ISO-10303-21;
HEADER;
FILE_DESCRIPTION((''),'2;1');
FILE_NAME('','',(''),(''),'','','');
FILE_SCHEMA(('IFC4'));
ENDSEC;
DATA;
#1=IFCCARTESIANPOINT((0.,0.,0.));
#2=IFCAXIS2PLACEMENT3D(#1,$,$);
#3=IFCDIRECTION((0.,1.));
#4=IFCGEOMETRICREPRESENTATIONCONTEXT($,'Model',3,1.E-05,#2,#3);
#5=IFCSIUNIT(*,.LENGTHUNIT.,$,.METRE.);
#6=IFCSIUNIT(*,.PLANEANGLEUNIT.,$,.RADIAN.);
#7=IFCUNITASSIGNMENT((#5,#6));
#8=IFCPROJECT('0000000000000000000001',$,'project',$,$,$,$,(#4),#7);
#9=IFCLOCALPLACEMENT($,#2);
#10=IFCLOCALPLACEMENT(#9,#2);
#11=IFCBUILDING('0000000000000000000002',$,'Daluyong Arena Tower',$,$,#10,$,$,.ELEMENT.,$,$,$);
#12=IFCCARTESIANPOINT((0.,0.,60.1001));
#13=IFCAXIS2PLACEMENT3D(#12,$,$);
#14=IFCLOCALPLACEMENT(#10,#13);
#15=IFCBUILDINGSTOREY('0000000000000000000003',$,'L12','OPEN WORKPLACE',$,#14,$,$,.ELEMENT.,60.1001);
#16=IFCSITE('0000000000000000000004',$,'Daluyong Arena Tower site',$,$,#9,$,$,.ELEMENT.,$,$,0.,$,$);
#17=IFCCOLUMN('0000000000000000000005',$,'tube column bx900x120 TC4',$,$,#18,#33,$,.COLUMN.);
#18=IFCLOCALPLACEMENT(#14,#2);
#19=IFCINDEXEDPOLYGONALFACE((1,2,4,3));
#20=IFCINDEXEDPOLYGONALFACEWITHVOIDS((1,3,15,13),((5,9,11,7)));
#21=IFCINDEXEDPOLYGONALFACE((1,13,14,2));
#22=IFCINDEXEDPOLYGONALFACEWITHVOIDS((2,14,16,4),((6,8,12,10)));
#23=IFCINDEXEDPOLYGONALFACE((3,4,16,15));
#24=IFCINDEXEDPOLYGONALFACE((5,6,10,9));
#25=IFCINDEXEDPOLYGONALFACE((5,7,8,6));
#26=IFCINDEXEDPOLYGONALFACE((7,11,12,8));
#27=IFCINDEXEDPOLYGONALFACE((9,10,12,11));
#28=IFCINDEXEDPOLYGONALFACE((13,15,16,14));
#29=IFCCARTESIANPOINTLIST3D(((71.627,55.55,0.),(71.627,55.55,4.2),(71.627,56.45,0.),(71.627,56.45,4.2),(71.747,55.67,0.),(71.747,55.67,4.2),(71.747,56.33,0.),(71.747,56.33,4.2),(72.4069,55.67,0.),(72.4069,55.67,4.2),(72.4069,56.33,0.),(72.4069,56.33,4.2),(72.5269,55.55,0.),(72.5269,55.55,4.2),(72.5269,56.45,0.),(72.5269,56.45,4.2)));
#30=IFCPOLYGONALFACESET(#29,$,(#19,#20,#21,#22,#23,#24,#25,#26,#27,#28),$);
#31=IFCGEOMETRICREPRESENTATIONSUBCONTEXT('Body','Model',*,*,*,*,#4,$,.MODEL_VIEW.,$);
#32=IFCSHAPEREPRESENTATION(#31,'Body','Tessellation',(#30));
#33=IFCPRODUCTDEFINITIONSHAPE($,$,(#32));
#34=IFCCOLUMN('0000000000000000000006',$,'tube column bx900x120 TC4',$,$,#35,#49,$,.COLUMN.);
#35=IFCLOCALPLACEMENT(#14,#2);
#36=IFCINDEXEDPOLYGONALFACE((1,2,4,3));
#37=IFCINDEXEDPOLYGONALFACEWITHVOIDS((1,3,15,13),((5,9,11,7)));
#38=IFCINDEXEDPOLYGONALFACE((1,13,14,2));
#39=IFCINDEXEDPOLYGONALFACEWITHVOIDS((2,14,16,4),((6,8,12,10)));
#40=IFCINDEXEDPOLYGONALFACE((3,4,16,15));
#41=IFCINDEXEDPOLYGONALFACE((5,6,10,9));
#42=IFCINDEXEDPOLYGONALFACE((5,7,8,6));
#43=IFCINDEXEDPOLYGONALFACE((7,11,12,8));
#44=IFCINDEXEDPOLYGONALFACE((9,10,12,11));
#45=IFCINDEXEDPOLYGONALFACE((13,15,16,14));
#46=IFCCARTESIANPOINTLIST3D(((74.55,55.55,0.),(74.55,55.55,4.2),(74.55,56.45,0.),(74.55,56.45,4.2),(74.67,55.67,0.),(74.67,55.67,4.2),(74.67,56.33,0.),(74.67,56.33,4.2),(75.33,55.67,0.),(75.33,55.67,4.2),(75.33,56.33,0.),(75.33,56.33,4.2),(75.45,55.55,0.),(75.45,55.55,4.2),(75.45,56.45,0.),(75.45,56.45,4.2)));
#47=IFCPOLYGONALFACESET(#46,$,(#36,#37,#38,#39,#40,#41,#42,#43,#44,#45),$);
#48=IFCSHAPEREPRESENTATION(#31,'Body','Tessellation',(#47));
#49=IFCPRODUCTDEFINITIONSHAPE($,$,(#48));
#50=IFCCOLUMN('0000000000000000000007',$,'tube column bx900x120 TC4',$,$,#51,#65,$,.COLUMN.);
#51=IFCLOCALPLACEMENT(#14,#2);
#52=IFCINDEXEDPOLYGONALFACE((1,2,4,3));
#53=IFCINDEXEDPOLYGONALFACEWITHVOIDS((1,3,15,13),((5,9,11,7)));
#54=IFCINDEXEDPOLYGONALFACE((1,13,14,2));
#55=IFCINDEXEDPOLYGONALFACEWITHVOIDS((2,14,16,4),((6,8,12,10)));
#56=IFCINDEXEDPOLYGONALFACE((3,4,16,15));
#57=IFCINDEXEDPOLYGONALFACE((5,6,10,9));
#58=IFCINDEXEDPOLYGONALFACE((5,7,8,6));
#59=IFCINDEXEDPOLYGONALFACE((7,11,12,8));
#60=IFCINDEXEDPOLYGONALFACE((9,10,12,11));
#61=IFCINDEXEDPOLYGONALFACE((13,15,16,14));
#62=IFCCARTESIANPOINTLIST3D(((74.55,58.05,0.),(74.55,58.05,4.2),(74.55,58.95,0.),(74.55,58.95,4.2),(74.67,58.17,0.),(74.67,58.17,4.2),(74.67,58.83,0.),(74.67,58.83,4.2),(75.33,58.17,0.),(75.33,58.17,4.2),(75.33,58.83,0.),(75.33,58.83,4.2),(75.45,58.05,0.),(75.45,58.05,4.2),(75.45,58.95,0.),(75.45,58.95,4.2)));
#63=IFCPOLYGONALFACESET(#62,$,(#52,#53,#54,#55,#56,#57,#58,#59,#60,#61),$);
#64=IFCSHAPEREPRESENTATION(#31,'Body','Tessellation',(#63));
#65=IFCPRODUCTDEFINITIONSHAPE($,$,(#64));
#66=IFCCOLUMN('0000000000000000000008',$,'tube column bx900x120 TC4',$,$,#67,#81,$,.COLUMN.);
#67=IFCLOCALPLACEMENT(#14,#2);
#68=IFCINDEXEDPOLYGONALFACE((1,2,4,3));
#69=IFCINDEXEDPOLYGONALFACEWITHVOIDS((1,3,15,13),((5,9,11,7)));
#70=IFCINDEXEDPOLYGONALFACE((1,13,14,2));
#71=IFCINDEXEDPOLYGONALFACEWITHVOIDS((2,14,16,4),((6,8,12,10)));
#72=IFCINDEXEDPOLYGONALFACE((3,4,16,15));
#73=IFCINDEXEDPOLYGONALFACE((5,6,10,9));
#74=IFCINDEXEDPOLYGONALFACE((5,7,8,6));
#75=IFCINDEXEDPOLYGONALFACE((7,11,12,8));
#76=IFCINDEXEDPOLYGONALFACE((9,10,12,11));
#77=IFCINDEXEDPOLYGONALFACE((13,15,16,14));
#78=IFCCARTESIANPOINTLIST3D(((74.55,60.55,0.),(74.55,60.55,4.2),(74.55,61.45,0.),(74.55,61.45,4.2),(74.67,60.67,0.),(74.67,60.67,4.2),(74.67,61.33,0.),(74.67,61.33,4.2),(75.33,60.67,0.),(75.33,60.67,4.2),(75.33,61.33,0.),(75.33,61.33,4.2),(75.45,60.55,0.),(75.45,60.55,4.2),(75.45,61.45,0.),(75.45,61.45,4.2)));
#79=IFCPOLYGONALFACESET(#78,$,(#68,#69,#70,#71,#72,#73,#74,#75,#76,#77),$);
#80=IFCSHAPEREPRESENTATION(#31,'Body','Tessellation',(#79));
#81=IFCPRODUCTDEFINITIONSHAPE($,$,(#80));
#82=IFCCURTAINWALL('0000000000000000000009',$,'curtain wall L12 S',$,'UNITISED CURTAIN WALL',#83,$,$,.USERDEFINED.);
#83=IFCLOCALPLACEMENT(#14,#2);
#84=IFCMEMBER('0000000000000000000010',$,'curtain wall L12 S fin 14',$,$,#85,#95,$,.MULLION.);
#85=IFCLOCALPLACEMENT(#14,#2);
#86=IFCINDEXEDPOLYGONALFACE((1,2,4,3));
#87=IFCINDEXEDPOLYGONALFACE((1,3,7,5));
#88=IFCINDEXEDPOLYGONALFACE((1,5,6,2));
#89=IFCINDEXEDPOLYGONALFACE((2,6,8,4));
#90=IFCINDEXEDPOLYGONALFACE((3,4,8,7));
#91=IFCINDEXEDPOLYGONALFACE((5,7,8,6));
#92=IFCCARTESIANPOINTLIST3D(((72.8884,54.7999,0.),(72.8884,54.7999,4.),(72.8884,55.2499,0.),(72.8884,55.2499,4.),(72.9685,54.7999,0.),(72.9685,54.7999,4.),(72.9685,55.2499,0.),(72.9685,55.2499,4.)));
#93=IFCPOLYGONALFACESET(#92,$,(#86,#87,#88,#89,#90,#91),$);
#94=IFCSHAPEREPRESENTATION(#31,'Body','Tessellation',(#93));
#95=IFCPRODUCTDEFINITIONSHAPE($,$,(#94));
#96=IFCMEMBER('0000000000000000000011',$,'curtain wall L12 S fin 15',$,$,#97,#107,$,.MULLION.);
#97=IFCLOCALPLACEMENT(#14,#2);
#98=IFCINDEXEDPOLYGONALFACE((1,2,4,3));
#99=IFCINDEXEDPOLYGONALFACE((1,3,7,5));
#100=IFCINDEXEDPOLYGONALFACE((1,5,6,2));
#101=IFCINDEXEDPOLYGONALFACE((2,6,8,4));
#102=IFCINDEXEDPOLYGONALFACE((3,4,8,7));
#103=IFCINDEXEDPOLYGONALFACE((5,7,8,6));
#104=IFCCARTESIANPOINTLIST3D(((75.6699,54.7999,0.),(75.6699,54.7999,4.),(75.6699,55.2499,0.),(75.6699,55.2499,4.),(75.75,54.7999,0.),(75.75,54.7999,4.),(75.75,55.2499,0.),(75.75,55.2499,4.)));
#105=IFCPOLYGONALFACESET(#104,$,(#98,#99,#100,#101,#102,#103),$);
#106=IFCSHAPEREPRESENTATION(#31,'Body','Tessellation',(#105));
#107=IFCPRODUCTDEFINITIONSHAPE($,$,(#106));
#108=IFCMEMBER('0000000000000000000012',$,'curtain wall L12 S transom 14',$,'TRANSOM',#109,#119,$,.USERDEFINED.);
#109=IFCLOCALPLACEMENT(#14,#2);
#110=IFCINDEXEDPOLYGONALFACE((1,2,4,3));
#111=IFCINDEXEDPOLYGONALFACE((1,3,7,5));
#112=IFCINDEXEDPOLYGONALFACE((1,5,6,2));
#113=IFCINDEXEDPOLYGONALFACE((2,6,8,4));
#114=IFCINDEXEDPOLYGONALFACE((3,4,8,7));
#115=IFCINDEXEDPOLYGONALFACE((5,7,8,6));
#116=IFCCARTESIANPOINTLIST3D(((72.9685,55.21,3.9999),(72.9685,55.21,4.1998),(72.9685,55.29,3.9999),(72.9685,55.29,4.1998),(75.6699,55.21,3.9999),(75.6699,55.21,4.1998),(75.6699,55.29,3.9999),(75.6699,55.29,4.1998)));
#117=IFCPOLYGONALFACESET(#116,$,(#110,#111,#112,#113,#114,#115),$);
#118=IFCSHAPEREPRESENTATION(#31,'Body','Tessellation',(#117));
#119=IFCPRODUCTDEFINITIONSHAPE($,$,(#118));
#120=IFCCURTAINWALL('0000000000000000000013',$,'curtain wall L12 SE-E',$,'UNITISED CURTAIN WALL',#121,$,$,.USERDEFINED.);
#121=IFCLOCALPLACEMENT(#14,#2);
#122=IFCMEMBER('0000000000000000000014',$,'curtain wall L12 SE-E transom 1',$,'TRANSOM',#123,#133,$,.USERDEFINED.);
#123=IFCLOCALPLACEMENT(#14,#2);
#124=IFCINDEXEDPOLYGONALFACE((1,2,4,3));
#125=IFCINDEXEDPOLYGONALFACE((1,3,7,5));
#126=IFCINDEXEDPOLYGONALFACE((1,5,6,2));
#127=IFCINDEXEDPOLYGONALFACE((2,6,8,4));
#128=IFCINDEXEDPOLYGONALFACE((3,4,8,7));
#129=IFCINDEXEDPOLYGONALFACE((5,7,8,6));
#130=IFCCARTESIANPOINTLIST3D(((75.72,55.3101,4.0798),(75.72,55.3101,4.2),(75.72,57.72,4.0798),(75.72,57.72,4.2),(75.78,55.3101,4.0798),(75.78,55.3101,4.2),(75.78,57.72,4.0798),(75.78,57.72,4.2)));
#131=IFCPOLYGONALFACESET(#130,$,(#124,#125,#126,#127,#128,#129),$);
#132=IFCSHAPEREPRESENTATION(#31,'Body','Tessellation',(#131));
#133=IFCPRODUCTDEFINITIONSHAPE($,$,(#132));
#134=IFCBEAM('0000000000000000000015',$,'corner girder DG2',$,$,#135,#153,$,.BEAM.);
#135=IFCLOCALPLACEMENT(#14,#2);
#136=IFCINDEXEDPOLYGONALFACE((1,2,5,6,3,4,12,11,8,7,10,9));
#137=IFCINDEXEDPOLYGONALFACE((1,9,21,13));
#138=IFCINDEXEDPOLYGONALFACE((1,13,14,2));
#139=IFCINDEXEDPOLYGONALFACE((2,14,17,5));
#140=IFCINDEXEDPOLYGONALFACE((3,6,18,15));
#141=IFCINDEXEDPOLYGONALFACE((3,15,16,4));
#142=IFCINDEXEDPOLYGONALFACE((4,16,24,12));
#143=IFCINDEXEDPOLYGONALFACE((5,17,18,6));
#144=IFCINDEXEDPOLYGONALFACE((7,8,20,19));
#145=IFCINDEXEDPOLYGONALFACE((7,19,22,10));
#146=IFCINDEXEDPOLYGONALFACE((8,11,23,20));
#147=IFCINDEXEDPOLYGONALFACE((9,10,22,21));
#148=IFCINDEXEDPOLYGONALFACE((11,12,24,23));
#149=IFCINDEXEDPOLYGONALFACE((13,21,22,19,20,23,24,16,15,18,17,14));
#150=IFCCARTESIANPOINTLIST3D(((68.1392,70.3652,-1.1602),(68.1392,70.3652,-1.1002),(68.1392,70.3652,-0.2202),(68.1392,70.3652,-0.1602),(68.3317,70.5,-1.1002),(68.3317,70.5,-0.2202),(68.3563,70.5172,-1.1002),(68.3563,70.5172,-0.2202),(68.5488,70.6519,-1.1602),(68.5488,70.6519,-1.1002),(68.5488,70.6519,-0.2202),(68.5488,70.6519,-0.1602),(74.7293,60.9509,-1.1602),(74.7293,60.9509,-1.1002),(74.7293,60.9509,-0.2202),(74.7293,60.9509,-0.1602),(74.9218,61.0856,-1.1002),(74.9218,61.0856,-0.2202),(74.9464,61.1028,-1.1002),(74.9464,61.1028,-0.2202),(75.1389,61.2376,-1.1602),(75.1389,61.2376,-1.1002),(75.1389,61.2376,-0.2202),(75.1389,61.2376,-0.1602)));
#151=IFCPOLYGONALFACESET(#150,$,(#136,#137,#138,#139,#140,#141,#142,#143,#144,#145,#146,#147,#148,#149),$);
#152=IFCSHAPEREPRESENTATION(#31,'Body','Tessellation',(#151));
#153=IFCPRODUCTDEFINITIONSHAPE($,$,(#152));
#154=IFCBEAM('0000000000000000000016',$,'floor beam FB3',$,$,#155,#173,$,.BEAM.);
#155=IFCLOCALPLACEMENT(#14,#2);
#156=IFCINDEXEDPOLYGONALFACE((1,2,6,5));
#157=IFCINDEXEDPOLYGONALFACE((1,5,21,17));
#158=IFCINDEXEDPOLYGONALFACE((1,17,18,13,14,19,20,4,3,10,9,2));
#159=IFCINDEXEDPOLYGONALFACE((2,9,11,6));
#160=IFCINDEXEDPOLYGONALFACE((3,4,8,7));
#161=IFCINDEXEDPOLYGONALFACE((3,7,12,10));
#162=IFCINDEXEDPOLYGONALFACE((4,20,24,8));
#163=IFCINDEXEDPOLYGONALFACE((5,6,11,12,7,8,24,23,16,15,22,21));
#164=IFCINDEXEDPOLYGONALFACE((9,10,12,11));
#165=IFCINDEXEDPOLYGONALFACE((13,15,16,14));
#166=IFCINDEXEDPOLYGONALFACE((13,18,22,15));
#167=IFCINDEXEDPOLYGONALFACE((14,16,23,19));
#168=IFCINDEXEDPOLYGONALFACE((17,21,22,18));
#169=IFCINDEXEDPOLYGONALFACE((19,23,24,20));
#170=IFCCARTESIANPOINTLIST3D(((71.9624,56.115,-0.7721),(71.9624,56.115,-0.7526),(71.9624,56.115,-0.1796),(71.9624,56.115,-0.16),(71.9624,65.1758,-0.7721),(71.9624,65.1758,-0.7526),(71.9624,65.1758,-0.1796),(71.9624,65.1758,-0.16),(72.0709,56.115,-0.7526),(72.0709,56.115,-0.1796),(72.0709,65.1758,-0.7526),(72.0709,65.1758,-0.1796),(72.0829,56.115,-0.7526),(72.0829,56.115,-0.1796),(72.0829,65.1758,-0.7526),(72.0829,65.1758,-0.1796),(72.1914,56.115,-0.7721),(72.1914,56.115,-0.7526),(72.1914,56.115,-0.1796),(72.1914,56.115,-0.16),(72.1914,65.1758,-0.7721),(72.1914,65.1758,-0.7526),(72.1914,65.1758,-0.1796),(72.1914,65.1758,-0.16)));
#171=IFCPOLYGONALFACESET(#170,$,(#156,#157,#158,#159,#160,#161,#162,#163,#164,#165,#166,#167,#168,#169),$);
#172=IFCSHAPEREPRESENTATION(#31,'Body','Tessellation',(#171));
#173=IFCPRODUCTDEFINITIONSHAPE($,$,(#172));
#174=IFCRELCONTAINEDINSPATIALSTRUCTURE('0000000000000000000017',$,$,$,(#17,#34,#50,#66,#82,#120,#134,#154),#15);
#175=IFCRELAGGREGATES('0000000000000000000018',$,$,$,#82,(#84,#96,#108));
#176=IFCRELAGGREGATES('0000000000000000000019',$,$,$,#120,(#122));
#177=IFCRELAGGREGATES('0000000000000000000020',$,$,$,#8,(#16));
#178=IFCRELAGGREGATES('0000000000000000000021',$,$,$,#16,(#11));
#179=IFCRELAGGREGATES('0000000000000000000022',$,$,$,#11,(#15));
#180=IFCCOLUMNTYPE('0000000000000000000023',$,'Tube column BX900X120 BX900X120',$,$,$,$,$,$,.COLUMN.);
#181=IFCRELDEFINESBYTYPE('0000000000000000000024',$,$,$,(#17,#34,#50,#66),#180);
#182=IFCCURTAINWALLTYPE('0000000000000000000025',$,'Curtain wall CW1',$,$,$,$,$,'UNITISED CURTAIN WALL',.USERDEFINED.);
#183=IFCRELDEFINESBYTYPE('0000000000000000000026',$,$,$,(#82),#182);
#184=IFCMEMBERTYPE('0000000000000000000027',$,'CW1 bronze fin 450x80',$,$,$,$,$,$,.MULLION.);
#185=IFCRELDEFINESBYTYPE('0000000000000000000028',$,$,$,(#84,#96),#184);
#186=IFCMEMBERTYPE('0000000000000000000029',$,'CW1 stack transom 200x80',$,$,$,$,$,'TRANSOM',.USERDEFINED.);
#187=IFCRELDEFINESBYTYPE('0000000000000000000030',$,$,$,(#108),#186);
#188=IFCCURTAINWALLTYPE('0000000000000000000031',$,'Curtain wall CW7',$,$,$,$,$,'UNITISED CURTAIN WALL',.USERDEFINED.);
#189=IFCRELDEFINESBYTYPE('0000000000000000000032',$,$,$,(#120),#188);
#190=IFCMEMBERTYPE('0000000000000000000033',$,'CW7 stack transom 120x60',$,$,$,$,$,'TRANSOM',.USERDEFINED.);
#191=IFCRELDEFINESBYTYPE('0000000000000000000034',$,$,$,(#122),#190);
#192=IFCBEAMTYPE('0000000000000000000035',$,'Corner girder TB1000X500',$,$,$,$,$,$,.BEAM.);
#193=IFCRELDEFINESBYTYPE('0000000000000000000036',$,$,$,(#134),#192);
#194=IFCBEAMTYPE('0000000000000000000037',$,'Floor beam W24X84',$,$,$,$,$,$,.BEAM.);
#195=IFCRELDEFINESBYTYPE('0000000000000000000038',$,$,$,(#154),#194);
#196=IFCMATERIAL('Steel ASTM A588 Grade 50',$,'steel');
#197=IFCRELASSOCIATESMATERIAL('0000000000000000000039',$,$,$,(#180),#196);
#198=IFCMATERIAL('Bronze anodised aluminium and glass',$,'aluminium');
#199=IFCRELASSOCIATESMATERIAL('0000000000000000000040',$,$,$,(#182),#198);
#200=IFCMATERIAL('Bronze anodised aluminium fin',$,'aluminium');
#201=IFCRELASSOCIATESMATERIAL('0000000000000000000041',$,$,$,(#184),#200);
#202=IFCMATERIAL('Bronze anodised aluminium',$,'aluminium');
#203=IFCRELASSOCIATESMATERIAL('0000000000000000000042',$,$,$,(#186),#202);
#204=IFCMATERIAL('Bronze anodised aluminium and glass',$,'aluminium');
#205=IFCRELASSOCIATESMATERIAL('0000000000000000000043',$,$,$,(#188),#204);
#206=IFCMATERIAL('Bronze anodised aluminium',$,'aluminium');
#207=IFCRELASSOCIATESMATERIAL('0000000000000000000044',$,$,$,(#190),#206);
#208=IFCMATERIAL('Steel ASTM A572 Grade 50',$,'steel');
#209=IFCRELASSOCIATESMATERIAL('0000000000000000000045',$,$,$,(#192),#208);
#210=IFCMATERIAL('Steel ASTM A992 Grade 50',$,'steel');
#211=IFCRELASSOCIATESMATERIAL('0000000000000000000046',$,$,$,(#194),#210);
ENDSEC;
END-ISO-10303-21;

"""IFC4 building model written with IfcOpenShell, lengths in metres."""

from ifc_helpers import new_model, si_unit, direction, frame, origin, origin_2d, place, context, subcontext, project, spatial, rectangle, hollow_rectangle, i_section, extrude, material, material_profile, profile_set, type_object, element, aggregate, save


model = new_model("IFC4")

# Units and contexts
model_context = context("Model", 3, precision=1e-05, world=origin(), true_north=direction((0.0, 1.0)))
body_context = subcontext(model_context, "Body", "Model", "MODEL_VIEW")
ifc_project = project(units=[si_unit("LENGTHUNIT", "METRE"), si_unit("PLANEANGLEUNIT", "RADIAN")], contexts=[model_context])

# Site, building, storey
site_placement = place(None, origin())
site = spatial("IfcSite", under=ifc_project, at=site_placement, Name="Daluyong Arena Tower site", CompositionType="ELEMENT", RefElevation=0.0)
building_placement = place(site_placement, origin())
building = spatial("IfcBuilding", under=site, at=building_placement, Name="Daluyong Arena Tower", CompositionType="ELEMENT")
storey_placement = place(building_placement, frame((0.0, 0.0, 60.1001)))
storey = spatial("IfcBuildingStorey", under=building, at=storey_placement, Name="L12", Description="OPEN WORKPLACE", CompositionType="ELEMENT", Elevation=60.1001)

# Columns
ifc_material_1 = material(Name="Steel ASTM A588 Grade 50", Category="steel")
ifc_material_profile_1 = material_profile(ifc_material_1, hollow_rectangle(XDim=0.8999, YDim=0.8999, WallThickness=0.12, at=origin_2d()))
ifc_profile_set_1 = profile_set([ifc_material_profile_1], Name="Steel ASTM A588 Grade 50")
column_type = type_object("IfcColumnType", Name="Tube column BX900X120 BX900X120", PredefinedType="COLUMN", material=ifc_profile_set_1)
for number, where, z_axis, x_axis, name in (
    (1, (72.0769, 56.0, 0.0), (0.0, 0.0, 1.0), (1.0, 0.0, 0.0), "tube column bx900x120 TC4"),
    (2, (75.0, 56.0, 0.0), (0.0, 0.0, 1.0), (0.0, 1.0, 0.0), "tube column bx900x120 TC4"),
    (3, (75.0, 58.5, 0.0), (0.0, 0.0, 1.0), (0.0, 1.0, 0.0), "tube column bx900x120 TC4"),
    (4, (75.0, 61.0, 0.0), (0.0, 0.0, 1.0), (1.0, 0.0, 0.0), "tube column bx900x120 TC4"),
):
    element("IfcColumn", number, at=place(storey_placement, frame(where, z_axis=z_axis, x_axis=x_axis)), inside=storey, type_object=column_type, Name=name, PredefinedType="COLUMN", context=body_context, shape_type="SweptSolid", body=[
        extrude(hollow_rectangle(XDim=0.8999, YDim=0.8999, WallThickness=0.12, at=origin_2d()), origin(), (0.0, 0.0, 1.0), 4.2),
    ])

# Curtain wall, members
ifc_material_2 = material(Name="Bronze anodised aluminium and glass", Category="aluminium")
curtain_wall_type_1 = type_object("IfcCurtainWallType", Name="Curtain wall CW1", ElementType="UNITISED CURTAIN WALL", PredefinedType="USERDEFINED", material=ifc_material_2)
curtain_wall_1_placement = place(storey_placement, origin())
curtain_wall_1 = element("IfcCurtainWall", 5, at=curtain_wall_1_placement, inside=storey, type_object=curtain_wall_type_1, Name="curtain wall L12 S", ObjectType="UNITISED CURTAIN WALL", PredefinedType="USERDEFINED")
ifc_material_3 = material(Name="Bronze anodised aluminium fin", Category="aluminium")
ifc_material_profile_2 = material_profile(ifc_material_3, rectangle(XDim=0.45, YDim=0.0801, at=origin_2d()))
ifc_profile_set_2 = profile_set([ifc_material_profile_2], Name="Bronze anodised aluminium fin")
member_type_1 = type_object("IfcMemberType", Name="CW1 bronze fin 450x80", PredefinedType="MULLION", material=ifc_profile_set_2)
member_1_placement = place(storey_placement, frame((72.9285, 55.0249, 0.0), z_axis=(0.0, 0.0, 1.0), x_axis=(0.0, 1.0, 0.0)))
member_1 = element("IfcMember", 6, at=member_1_placement, type_object=member_type_1, Name="curtain wall L12 S fin 14", PredefinedType="MULLION", context=body_context, shape_type="SweptSolid", body=[
    extrude(rectangle(XDim=0.45, YDim=0.0801, at=origin_2d()), origin(), (0.0, 0.0, 1.0), 4.0),
])
member_2_placement = place(storey_placement, frame((75.71, 55.0249, 0.0), z_axis=(0.0, 0.0, 1.0), x_axis=(0.0, 1.0, 0.0)))
member_2 = element("IfcMember", 7, at=member_2_placement, type_object=member_type_1, Name="curtain wall L12 S fin 15", PredefinedType="MULLION", context=body_context, shape_type="SweptSolid", body=[
    extrude(rectangle(XDim=0.45, YDim=0.0801, at=origin_2d()), origin(), (0.0, 0.0, 1.0), 4.0),
])
ifc_material_4 = material(Name="Bronze anodised aluminium", Category="aluminium")
ifc_material_profile_3 = material_profile(ifc_material_4, rectangle(XDim=0.0801, YDim=0.2, at=origin_2d()))
ifc_profile_set_3 = profile_set([ifc_material_profile_3], Name="Bronze anodised aluminium")
member_type_2 = type_object("IfcMemberType", Name="CW1 stack transom 200x80", ElementType="TRANSOM", PredefinedType="USERDEFINED", material=ifc_profile_set_3)
member_3_placement = place(storey_placement, frame((72.9685, 55.25, 4.0999), z_axis=(1.0, 0.0, 0.0), x_axis=(0.0, 1.0, 0.0)))
member_3 = element("IfcMember", 8, at=member_3_placement, type_object=member_type_2, Name="curtain wall L12 S transom 14", ObjectType="TRANSOM", PredefinedType="USERDEFINED", context=body_context, shape_type="SweptSolid", body=[
    extrude(rectangle(XDim=0.0801, YDim=0.2, at=origin_2d()), origin(), (0.0, 0.0, 1.0), 2.7014),
])

# Curtain wall, member
ifc_material_5 = material(Name="Bronze anodised aluminium and glass", Category="aluminium")
curtain_wall_type_2 = type_object("IfcCurtainWallType", Name="Curtain wall CW7", ElementType="UNITISED CURTAIN WALL", PredefinedType="USERDEFINED", material=ifc_material_5)
curtain_wall_2_placement = place(storey_placement, origin())
curtain_wall_2 = element("IfcCurtainWall", 9, at=curtain_wall_2_placement, inside=storey, type_object=curtain_wall_type_2, Name="curtain wall L12 SE-E", ObjectType="UNITISED CURTAIN WALL", PredefinedType="USERDEFINED")
ifc_material_6 = material(Name="Bronze anodised aluminium", Category="aluminium")
ifc_material_profile_4 = material_profile(ifc_material_6, rectangle(XDim=0.0601, YDim=0.1201, at=origin_2d()))
ifc_profile_set_4 = profile_set([ifc_material_profile_4], Name="Bronze anodised aluminium")
member_type_3 = type_object("IfcMemberType", Name="CW7 stack transom 120x60", ElementType="TRANSOM", PredefinedType="USERDEFINED", material=ifc_profile_set_4)
member_4_placement = place(storey_placement, frame((75.75, 55.3101, 4.1399), z_axis=(0.0, 1.0, 0.0), x_axis=(-1.0, 0.0, 0.0)))
member_4 = element("IfcMember", 10, at=member_4_placement, type_object=member_type_3, Name="curtain wall L12 SE-E transom 1", ObjectType="TRANSOM", PredefinedType="USERDEFINED", context=body_context, shape_type="SweptSolid", body=[
    extrude(rectangle(XDim=0.0601, YDim=0.1201, at=origin_2d()), origin(), (0.0, 0.0, 1.0), 2.4099),
])

# Beams
ifc_material_7 = material(Name="Steel ASTM A572 Grade 50", Category="steel")
ifc_material_profile_5 = material_profile(ifc_material_7, i_section(OverallWidth=0.5, OverallDepth=1.0, WebThickness=0.03, FlangeThickness=0.06, at=origin_2d()))
ifc_profile_set_5 = profile_set([ifc_material_profile_5], Name="Steel ASTM A572 Grade 50")
beam_type_1 = type_object("IfcBeamType", Name="Corner girder TB1000X500", PredefinedType="BEAM", material=ifc_profile_set_5)
beam_1_placement = place(storey_placement, frame((74.9341, 61.0942, -0.6602), z_axis=(-0.573467, 0.819229, 0.0), x_axis=(-0.819229, -0.573467, 0.0)))
element("IfcBeam", 11, at=beam_1_placement, inside=storey, type_object=beam_type_1, Name="corner girder DG2", PredefinedType="BEAM", context=body_context, shape_type="SweptSolid", body=[
    extrude(i_section(OverallWidth=0.5, OverallDepth=1.0, WebThickness=0.03, FlangeThickness=0.06, at=origin_2d()), origin(), (0.0, 0.0, 1.0), 11.4917),
])
ifc_material_8 = material(Name="Steel ASTM A992 Grade 50", Category="steel")
ifc_material_profile_6 = material_profile(ifc_material_8, i_section(OverallWidth=0.229, OverallDepth=0.6121, WebThickness=0.012, FlangeThickness=0.0195, at=origin_2d()))
ifc_profile_set_6 = profile_set([ifc_material_profile_6], Name="Steel ASTM A992 Grade 50")
beam_type_2 = type_object("IfcBeamType", Name="Floor beam W24X84", PredefinedType="BEAM", material=ifc_profile_set_6)
beam_2_placement = place(storey_placement, frame((72.0769, 56.115, -0.4661), z_axis=(0.0, 1.0, 0.0), x_axis=(-1.0, 0.0, 0.0)))
element("IfcBeam", 12, at=beam_2_placement, inside=storey, type_object=beam_type_2, Name="floor beam FB3", PredefinedType="BEAM", context=body_context, shape_type="SweptSolid", body=[
    extrude(i_section(OverallWidth=0.229, OverallDepth=0.6121, WebThickness=0.012, FlangeThickness=0.0195, at=origin_2d()), origin(), (0.0, 0.0, 1.0), 9.0608),
])

aggregate(curtain_wall_1, [member_1, member_2, member_3])
aggregate(curtain_wall_2, [member_4])

save(model, "model.ifc")
